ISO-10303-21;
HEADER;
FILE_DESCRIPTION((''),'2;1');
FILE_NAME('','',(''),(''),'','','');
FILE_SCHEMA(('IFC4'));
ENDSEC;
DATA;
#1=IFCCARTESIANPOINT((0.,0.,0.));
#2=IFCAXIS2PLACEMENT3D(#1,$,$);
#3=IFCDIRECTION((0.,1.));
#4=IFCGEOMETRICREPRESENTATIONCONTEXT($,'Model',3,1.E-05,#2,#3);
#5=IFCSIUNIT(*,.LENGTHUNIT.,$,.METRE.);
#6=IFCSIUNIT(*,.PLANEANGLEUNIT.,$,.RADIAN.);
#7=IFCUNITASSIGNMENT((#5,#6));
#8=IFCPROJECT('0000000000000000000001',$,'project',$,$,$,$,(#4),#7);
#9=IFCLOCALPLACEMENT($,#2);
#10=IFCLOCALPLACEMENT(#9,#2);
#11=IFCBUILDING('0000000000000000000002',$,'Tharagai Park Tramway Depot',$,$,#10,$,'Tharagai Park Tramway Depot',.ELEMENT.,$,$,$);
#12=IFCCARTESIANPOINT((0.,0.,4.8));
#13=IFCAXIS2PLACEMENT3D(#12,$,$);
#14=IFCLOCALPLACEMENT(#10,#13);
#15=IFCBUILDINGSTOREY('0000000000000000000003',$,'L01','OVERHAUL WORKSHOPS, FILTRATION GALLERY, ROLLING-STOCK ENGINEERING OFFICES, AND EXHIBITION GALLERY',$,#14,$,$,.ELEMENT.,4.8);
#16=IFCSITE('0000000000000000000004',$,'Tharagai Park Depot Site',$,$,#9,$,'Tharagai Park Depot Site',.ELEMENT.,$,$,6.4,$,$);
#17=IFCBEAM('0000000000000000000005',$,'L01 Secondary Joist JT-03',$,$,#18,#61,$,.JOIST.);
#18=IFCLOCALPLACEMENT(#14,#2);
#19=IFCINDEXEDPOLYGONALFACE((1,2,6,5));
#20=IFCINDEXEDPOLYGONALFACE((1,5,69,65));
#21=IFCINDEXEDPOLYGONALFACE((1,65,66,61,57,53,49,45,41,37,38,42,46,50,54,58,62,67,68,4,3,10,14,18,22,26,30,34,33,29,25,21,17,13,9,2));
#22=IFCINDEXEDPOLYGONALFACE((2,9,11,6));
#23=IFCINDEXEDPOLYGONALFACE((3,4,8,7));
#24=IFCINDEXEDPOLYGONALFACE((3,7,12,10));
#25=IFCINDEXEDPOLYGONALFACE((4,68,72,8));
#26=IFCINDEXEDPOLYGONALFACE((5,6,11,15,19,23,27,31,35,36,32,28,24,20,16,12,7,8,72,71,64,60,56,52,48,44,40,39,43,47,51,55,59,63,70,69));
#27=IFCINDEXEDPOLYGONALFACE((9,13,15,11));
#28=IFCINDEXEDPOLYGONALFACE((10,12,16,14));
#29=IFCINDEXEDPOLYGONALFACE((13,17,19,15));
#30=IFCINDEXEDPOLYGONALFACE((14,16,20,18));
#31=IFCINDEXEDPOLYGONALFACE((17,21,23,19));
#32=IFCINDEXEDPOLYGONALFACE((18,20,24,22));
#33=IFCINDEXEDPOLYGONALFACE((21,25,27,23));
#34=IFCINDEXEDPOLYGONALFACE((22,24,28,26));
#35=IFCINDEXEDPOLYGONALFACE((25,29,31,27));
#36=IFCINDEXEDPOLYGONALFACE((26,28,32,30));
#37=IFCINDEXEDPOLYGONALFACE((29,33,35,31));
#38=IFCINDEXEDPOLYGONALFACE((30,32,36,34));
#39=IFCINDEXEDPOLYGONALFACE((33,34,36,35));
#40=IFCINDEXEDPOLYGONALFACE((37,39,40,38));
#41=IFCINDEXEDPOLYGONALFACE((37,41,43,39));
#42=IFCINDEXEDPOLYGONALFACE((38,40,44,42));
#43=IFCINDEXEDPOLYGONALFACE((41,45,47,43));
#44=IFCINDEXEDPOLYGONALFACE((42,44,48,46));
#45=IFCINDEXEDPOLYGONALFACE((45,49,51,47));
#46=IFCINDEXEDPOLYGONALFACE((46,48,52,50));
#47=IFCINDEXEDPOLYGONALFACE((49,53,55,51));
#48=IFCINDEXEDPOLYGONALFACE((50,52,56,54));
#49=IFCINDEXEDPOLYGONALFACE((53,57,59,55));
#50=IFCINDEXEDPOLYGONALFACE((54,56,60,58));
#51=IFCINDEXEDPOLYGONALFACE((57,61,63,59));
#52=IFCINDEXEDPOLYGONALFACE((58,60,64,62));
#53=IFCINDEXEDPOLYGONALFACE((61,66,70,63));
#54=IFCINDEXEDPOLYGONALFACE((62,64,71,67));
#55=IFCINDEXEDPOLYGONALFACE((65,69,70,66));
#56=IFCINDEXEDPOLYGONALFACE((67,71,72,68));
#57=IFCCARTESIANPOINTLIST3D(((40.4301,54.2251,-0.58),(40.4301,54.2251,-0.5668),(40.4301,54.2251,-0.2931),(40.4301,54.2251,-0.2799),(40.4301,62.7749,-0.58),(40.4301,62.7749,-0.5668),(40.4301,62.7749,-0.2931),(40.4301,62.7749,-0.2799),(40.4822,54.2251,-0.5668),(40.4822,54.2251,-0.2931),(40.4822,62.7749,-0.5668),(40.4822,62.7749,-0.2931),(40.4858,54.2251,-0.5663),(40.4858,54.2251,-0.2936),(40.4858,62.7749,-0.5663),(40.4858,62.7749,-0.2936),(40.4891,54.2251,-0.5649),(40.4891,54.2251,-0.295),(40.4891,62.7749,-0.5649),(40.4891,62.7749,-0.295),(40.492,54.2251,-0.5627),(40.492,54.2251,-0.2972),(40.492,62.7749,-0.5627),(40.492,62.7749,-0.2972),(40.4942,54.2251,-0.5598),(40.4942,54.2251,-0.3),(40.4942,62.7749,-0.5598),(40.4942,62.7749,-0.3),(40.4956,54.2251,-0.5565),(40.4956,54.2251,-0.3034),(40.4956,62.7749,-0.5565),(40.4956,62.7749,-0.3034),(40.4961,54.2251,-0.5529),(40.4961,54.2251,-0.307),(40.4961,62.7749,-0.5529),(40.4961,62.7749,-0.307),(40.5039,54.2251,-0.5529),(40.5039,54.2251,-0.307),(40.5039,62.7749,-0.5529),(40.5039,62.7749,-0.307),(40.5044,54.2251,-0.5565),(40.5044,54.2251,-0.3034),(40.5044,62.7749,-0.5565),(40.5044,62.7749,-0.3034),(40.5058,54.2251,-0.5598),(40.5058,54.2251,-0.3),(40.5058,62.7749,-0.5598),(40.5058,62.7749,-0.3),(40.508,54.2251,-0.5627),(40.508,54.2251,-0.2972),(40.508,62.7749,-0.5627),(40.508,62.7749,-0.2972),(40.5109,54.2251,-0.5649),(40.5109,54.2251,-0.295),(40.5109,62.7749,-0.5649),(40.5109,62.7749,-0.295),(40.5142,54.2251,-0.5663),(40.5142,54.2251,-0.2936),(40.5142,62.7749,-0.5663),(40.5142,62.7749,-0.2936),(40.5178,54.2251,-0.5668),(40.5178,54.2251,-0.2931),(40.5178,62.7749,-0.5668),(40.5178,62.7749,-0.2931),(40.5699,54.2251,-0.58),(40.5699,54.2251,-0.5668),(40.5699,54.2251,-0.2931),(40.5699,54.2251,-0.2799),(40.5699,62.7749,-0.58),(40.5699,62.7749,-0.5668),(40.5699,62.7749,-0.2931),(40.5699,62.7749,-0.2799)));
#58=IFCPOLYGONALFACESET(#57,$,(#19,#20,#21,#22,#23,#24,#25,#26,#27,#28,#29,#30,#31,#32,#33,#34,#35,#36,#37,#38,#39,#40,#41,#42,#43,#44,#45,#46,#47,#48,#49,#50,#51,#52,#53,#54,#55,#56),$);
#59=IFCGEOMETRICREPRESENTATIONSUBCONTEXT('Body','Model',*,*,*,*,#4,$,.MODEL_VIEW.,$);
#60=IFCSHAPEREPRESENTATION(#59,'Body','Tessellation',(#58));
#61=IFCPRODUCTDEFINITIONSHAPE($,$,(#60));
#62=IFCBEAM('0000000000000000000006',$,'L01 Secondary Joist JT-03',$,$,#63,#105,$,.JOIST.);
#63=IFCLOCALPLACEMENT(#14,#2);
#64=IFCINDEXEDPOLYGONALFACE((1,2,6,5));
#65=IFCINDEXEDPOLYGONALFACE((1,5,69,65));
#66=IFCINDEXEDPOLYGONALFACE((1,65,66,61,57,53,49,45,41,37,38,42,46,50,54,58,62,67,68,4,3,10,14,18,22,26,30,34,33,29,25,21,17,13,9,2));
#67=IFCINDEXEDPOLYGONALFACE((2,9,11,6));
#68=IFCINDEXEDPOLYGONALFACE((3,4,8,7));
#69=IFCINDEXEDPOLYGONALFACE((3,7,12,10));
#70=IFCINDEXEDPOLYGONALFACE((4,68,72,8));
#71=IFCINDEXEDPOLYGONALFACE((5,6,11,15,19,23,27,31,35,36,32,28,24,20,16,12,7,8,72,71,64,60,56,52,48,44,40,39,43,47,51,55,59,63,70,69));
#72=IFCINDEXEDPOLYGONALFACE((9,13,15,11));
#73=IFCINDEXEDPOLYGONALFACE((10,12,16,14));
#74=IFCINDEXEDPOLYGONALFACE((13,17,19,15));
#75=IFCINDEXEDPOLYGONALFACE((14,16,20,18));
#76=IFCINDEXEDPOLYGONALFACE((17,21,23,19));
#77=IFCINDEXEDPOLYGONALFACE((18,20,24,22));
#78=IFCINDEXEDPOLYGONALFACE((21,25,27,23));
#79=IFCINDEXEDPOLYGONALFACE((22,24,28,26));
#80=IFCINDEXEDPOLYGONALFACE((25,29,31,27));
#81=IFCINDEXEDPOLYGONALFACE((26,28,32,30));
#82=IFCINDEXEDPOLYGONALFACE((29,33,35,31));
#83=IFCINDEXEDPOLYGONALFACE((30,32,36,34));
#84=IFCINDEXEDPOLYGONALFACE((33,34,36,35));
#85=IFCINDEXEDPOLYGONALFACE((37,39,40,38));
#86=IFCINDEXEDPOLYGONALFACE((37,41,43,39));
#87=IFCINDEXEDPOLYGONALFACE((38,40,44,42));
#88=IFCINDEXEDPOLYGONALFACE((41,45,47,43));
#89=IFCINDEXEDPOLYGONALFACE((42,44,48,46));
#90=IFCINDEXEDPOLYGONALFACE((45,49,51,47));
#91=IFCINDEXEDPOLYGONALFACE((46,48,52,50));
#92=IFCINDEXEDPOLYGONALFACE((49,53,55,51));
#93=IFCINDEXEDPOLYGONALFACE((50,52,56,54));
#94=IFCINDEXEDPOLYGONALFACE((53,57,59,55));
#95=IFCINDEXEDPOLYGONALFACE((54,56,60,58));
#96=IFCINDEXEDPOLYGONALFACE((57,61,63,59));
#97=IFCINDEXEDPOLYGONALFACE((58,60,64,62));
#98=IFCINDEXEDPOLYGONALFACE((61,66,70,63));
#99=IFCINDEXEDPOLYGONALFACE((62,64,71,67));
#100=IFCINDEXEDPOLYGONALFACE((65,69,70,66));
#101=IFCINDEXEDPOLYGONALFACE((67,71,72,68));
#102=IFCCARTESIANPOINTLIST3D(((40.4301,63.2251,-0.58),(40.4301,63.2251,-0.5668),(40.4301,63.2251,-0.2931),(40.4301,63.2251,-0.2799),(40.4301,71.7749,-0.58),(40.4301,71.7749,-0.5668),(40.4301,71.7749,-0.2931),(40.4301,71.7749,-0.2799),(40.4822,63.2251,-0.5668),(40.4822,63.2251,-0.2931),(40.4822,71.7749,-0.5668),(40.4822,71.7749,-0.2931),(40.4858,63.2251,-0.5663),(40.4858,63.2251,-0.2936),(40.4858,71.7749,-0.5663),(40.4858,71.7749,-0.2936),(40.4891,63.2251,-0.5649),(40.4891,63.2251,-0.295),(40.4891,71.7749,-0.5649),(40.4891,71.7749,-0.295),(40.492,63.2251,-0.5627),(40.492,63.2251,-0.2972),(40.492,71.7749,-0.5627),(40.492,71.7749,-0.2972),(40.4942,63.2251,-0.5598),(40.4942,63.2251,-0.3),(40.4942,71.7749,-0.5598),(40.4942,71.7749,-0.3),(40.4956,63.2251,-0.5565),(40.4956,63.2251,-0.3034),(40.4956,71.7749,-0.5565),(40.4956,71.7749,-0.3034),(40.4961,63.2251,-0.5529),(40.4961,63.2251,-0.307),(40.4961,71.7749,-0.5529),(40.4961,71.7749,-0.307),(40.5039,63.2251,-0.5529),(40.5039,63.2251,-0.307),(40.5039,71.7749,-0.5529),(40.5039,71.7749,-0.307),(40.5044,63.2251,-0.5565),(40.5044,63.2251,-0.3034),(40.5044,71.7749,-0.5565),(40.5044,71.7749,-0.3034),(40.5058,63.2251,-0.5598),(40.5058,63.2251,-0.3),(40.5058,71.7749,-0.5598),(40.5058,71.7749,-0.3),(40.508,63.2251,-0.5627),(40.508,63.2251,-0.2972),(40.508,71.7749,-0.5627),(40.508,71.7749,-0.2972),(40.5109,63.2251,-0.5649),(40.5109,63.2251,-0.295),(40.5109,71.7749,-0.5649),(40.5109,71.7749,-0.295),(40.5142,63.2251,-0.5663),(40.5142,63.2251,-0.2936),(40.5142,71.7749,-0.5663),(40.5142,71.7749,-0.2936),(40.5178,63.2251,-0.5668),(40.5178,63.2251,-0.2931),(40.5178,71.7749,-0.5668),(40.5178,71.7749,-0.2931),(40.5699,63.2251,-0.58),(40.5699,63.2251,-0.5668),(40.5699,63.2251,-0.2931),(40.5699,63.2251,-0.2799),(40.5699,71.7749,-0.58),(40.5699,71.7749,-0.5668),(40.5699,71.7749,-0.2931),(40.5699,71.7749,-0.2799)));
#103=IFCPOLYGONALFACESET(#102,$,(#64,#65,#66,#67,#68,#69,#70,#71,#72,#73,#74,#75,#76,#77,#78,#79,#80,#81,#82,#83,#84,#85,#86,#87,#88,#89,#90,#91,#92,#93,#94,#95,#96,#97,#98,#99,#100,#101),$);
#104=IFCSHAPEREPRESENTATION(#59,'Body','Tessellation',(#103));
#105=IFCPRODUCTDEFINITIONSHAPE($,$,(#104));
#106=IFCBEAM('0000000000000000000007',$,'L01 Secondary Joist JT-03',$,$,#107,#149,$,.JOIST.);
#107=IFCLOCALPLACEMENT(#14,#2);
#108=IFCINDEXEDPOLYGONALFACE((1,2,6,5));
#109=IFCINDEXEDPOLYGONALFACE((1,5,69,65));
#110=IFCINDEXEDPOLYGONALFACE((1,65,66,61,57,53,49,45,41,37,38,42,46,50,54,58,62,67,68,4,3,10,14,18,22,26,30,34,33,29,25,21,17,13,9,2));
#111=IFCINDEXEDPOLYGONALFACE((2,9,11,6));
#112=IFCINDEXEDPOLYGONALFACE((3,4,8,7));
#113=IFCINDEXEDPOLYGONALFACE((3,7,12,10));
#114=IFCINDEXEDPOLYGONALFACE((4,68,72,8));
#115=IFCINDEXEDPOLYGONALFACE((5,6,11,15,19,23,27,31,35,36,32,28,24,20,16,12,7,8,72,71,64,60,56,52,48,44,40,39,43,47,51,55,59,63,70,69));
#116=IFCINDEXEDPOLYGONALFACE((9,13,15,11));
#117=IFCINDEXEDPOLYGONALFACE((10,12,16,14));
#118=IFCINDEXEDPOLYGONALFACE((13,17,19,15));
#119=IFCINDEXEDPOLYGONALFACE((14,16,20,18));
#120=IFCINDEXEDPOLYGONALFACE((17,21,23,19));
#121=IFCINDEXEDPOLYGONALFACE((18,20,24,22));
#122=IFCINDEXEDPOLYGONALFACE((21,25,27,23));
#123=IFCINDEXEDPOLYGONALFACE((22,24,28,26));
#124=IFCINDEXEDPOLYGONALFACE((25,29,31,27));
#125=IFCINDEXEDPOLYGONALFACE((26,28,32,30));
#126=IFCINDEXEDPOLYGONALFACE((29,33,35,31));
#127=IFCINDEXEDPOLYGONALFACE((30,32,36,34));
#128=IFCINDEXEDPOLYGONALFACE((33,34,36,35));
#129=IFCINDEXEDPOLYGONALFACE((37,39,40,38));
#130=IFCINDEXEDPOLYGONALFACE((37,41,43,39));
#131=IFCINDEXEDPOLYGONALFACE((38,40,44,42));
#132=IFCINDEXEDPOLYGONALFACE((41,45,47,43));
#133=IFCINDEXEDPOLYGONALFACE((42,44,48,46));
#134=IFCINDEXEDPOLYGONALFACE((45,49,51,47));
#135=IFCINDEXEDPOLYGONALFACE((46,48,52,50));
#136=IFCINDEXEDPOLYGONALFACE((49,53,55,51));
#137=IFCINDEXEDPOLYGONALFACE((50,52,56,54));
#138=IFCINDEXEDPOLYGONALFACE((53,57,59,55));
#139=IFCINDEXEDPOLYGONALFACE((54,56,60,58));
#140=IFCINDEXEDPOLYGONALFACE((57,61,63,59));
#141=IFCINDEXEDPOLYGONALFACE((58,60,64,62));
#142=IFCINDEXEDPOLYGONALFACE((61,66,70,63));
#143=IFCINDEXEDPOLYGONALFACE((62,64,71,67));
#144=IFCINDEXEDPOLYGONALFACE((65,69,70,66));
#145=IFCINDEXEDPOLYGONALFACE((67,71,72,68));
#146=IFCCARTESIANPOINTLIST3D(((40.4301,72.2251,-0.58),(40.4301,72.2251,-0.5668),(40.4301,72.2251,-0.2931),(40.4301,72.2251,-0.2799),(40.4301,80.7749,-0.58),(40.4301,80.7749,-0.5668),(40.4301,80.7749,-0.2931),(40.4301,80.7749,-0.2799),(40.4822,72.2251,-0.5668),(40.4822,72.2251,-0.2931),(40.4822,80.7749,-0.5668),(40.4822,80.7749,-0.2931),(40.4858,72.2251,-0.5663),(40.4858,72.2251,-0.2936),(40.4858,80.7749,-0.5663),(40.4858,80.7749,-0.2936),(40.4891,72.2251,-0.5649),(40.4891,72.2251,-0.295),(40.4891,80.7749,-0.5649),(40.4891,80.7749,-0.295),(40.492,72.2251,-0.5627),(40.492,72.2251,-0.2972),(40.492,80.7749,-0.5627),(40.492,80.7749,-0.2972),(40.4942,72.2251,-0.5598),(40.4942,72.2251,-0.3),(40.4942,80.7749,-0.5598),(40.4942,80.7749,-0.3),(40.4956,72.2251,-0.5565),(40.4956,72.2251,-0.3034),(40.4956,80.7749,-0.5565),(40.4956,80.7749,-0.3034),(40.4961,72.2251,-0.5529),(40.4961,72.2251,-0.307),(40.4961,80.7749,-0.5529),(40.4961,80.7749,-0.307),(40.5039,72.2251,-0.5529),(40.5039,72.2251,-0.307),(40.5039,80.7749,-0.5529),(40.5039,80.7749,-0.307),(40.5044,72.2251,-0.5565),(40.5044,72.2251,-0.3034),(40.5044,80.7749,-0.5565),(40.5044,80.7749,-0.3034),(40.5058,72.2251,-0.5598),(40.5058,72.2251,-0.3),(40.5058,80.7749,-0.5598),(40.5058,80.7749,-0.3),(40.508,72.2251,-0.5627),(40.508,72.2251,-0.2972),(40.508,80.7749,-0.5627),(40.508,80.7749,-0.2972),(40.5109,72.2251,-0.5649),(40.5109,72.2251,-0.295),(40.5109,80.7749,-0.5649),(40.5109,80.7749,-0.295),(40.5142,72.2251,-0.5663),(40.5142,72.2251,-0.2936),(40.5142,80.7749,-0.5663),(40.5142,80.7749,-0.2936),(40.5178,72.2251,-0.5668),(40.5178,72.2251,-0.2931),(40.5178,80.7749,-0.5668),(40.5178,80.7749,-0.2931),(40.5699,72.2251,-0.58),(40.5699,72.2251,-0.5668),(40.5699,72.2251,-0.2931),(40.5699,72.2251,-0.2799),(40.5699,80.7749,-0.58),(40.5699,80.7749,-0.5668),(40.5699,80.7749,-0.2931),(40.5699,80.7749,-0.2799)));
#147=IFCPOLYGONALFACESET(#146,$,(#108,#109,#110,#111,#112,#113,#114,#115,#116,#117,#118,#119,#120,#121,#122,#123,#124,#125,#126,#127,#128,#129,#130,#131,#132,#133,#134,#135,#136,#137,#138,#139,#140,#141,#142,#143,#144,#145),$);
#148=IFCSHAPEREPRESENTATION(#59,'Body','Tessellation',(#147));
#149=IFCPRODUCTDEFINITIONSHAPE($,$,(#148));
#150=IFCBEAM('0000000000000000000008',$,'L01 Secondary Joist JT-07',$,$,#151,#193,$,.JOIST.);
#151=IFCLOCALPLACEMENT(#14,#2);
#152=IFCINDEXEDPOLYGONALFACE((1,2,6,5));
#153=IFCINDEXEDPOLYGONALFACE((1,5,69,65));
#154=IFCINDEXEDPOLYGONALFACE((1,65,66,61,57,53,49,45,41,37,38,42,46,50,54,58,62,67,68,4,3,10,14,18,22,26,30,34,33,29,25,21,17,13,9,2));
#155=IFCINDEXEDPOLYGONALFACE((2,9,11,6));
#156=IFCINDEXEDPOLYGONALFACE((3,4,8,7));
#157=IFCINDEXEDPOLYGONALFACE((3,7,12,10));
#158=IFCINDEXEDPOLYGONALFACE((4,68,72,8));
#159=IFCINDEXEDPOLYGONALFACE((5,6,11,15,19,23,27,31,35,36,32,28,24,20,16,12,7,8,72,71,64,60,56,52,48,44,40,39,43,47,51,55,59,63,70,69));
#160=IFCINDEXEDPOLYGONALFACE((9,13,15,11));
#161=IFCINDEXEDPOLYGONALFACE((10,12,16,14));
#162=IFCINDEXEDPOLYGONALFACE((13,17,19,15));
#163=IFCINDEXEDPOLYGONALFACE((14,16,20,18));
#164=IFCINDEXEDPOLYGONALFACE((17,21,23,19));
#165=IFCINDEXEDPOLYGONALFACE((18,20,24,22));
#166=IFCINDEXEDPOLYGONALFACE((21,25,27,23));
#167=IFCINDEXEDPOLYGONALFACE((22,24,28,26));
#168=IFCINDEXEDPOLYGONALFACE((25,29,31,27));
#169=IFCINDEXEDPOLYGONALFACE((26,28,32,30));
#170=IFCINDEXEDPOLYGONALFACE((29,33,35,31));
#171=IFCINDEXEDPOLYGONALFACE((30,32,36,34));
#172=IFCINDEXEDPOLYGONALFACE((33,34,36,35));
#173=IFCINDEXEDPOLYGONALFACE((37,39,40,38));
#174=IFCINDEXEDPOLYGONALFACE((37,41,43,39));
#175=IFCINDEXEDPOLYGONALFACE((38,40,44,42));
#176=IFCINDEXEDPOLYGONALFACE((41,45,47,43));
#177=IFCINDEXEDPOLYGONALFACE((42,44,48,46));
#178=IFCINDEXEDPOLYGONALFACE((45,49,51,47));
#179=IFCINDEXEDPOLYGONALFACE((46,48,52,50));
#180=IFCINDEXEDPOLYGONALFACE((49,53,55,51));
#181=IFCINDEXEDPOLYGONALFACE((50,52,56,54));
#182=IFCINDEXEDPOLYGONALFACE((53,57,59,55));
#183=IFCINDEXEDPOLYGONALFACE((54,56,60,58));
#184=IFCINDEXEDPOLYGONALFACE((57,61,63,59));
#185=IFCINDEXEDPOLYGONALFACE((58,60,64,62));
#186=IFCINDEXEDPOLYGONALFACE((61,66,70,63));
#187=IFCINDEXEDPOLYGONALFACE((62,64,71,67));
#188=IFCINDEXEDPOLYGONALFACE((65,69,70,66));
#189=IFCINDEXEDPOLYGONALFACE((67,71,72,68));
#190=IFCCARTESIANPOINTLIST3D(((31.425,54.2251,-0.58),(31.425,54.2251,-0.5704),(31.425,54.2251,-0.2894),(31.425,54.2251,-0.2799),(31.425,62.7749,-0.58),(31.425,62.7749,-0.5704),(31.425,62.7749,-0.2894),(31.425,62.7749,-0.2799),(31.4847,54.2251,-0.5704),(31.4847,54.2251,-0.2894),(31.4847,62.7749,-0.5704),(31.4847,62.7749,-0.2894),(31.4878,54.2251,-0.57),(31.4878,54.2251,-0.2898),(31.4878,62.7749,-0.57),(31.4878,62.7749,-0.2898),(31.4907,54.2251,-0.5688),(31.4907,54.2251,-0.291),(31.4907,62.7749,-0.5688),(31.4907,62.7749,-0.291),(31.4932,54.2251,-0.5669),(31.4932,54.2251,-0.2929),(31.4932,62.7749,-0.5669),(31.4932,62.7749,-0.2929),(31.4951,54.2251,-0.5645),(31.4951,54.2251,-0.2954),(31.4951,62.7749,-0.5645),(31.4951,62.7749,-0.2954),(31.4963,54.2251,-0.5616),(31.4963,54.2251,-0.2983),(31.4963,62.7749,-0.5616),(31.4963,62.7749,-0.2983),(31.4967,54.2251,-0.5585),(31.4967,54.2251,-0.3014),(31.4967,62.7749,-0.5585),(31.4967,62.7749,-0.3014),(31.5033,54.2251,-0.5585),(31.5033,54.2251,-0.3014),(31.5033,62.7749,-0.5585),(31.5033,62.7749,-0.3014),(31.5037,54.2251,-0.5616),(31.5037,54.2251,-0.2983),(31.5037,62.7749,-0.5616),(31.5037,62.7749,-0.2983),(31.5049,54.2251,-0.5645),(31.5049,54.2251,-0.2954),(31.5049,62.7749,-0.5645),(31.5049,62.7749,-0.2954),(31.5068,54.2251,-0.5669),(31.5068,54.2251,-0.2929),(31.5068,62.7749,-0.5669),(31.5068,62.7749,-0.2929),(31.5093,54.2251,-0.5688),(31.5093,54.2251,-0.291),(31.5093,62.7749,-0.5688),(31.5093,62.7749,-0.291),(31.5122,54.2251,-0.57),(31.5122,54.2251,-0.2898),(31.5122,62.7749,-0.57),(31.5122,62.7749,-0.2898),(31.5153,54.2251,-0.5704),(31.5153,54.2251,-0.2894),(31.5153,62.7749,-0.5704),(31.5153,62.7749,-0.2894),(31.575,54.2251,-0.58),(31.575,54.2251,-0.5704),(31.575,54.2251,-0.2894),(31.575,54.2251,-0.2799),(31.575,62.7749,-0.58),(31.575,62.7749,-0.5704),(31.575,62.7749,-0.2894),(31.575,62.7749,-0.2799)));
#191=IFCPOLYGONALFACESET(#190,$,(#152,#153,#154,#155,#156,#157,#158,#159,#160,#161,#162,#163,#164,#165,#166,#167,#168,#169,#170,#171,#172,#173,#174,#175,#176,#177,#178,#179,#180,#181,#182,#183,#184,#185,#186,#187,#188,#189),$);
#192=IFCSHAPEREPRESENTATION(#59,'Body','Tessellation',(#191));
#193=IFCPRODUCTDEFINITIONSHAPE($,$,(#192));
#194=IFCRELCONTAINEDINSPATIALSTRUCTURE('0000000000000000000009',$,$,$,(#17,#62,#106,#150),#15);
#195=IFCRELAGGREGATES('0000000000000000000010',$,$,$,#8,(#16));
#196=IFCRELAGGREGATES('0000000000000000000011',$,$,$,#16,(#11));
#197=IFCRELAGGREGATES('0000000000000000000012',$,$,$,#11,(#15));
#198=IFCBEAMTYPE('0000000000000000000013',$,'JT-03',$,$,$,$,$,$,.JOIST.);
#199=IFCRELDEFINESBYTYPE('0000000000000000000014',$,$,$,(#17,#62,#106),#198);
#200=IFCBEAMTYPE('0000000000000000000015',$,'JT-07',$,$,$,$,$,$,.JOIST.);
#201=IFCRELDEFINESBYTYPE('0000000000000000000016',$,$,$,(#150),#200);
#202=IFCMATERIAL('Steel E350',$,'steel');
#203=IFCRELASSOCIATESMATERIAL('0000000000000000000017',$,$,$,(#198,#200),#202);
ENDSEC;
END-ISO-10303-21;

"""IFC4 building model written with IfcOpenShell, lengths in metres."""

from ifc_helpers import new_model, si_unit, direction, frame, origin, origin_2d, place, context, subcontext, project, spatial, i_section, extrude, material, material_profile, profile_set, type_object, element, save


model = new_model("IFC4")

# Units and contexts
model_context = context("Model", 3, precision=1e-05, world=origin(), true_north=direction((0.0, 1.0)))
body_context = subcontext(model_context, "Body", "Model", "MODEL_VIEW")
ifc_project = project(units=[si_unit("LENGTHUNIT", "METRE"), si_unit("PLANEANGLEUNIT", "RADIAN")], contexts=[model_context])

# Site, building, storey
site_placement = place(None, origin())
site = spatial("IfcSite", under=ifc_project, at=site_placement, Name="Tharagai Park Depot Site", LongName="Tharagai Park Depot Site", CompositionType="ELEMENT", RefElevation=6.4)
building_placement = place(site_placement, origin())
building = spatial("IfcBuilding", under=site, at=building_placement, Name="Tharagai Park Tramway Depot", LongName="Tharagai Park Tramway Depot", CompositionType="ELEMENT")
storey_placement = place(building_placement, frame((0.0, 0.0, 4.8)))
storey = spatial("IfcBuildingStorey", under=building, at=storey_placement, Name="L01", Description="OVERHAUL WORKSHOPS, FILTRATION GALLERY, ROLLING-STOCK ENGINEERING OFFICES, AND EXHIBITION GALLERY", CompositionType="ELEMENT", Elevation=4.8)

# Shared definitions
ifc_material_1 = material(Name="Steel E350", Category="steel")

# Beams
ifc_material_profile_1 = material_profile(ifc_material_1, i_section(OverallWidth=0.1399, OverallDepth=0.3, WebThickness=0.0078, FlangeThickness=0.0132, FilletRadius=0.0139, at=origin_2d()), Name="ISMB 300")
ifc_profile_set_1 = profile_set([ifc_material_profile_1], Name="Steel E350")
beam_type_1 = type_object("IfcBeamType", Name="JT-03", PredefinedType="JOIST", material=ifc_profile_set_1)
for number, where, z_axis, x_axis, name in (
    (1, (40.5, 54.2251, -0.4299), (0.0, 1.0, 0.0), (-1.0, 0.0, 0.0), "L01 Secondary Joist JT-03"),
    (2, (40.5, 63.2251, -0.4299), (0.0, 1.0, 0.0), (-1.0, 0.0, 0.0), "L01 Secondary Joist JT-03"),
    (3, (40.5, 72.2251, -0.4299), (0.0, 1.0, 0.0), (-1.0, 0.0, 0.0), "L01 Secondary Joist JT-03"),
):
    element("IfcBeam", number, at=place(storey_placement, frame(where, z_axis=z_axis, x_axis=x_axis)), inside=storey, type_object=beam_type_1, Name=name, PredefinedType="JOIST", context=body_context, shape_type="SweptSolid", body=[
        extrude(i_section(OverallWidth=0.1399, OverallDepth=0.3, WebThickness=0.0078, FlangeThickness=0.0132, FilletRadius=0.0139, at=origin_2d()), origin(), (0.0, 0.0, 1.0), 8.5498),
    ])
ifc_material_profile_2 = material_profile(ifc_material_1, i_section(OverallWidth=0.1499, OverallDepth=0.3, WebThickness=0.0066, FlangeThickness=0.0095, FilletRadius=0.012, at=origin_2d()), Name="ISLB 300")
ifc_profile_set_2 = profile_set([ifc_material_profile_2], Name="Steel E350")
beam_type_2 = type_object("IfcBeamType", Name="JT-07", PredefinedType="JOIST", material=ifc_profile_set_2)
for number, where, z_axis, x_axis, name in (
    (4, (31.5, 54.2251, -0.4299), (0.0, 1.0, 0.0), (-1.0, 0.0, 0.0), "L01 Secondary Joist JT-07"),
):
    element("IfcBeam", number, at=place(storey_placement, frame(where, z_axis=z_axis, x_axis=x_axis)), inside=storey, type_object=beam_type_2, Name=name, PredefinedType="JOIST", context=body_context, shape_type="SweptSolid", body=[
        extrude(i_section(OverallWidth=0.1499, OverallDepth=0.3, WebThickness=0.0066, FlangeThickness=0.0095, FilletRadius=0.012, at=origin_2d()), origin(), (0.0, 0.0, 1.0), 8.5498),
    ])

save(model, "model.ifc")
